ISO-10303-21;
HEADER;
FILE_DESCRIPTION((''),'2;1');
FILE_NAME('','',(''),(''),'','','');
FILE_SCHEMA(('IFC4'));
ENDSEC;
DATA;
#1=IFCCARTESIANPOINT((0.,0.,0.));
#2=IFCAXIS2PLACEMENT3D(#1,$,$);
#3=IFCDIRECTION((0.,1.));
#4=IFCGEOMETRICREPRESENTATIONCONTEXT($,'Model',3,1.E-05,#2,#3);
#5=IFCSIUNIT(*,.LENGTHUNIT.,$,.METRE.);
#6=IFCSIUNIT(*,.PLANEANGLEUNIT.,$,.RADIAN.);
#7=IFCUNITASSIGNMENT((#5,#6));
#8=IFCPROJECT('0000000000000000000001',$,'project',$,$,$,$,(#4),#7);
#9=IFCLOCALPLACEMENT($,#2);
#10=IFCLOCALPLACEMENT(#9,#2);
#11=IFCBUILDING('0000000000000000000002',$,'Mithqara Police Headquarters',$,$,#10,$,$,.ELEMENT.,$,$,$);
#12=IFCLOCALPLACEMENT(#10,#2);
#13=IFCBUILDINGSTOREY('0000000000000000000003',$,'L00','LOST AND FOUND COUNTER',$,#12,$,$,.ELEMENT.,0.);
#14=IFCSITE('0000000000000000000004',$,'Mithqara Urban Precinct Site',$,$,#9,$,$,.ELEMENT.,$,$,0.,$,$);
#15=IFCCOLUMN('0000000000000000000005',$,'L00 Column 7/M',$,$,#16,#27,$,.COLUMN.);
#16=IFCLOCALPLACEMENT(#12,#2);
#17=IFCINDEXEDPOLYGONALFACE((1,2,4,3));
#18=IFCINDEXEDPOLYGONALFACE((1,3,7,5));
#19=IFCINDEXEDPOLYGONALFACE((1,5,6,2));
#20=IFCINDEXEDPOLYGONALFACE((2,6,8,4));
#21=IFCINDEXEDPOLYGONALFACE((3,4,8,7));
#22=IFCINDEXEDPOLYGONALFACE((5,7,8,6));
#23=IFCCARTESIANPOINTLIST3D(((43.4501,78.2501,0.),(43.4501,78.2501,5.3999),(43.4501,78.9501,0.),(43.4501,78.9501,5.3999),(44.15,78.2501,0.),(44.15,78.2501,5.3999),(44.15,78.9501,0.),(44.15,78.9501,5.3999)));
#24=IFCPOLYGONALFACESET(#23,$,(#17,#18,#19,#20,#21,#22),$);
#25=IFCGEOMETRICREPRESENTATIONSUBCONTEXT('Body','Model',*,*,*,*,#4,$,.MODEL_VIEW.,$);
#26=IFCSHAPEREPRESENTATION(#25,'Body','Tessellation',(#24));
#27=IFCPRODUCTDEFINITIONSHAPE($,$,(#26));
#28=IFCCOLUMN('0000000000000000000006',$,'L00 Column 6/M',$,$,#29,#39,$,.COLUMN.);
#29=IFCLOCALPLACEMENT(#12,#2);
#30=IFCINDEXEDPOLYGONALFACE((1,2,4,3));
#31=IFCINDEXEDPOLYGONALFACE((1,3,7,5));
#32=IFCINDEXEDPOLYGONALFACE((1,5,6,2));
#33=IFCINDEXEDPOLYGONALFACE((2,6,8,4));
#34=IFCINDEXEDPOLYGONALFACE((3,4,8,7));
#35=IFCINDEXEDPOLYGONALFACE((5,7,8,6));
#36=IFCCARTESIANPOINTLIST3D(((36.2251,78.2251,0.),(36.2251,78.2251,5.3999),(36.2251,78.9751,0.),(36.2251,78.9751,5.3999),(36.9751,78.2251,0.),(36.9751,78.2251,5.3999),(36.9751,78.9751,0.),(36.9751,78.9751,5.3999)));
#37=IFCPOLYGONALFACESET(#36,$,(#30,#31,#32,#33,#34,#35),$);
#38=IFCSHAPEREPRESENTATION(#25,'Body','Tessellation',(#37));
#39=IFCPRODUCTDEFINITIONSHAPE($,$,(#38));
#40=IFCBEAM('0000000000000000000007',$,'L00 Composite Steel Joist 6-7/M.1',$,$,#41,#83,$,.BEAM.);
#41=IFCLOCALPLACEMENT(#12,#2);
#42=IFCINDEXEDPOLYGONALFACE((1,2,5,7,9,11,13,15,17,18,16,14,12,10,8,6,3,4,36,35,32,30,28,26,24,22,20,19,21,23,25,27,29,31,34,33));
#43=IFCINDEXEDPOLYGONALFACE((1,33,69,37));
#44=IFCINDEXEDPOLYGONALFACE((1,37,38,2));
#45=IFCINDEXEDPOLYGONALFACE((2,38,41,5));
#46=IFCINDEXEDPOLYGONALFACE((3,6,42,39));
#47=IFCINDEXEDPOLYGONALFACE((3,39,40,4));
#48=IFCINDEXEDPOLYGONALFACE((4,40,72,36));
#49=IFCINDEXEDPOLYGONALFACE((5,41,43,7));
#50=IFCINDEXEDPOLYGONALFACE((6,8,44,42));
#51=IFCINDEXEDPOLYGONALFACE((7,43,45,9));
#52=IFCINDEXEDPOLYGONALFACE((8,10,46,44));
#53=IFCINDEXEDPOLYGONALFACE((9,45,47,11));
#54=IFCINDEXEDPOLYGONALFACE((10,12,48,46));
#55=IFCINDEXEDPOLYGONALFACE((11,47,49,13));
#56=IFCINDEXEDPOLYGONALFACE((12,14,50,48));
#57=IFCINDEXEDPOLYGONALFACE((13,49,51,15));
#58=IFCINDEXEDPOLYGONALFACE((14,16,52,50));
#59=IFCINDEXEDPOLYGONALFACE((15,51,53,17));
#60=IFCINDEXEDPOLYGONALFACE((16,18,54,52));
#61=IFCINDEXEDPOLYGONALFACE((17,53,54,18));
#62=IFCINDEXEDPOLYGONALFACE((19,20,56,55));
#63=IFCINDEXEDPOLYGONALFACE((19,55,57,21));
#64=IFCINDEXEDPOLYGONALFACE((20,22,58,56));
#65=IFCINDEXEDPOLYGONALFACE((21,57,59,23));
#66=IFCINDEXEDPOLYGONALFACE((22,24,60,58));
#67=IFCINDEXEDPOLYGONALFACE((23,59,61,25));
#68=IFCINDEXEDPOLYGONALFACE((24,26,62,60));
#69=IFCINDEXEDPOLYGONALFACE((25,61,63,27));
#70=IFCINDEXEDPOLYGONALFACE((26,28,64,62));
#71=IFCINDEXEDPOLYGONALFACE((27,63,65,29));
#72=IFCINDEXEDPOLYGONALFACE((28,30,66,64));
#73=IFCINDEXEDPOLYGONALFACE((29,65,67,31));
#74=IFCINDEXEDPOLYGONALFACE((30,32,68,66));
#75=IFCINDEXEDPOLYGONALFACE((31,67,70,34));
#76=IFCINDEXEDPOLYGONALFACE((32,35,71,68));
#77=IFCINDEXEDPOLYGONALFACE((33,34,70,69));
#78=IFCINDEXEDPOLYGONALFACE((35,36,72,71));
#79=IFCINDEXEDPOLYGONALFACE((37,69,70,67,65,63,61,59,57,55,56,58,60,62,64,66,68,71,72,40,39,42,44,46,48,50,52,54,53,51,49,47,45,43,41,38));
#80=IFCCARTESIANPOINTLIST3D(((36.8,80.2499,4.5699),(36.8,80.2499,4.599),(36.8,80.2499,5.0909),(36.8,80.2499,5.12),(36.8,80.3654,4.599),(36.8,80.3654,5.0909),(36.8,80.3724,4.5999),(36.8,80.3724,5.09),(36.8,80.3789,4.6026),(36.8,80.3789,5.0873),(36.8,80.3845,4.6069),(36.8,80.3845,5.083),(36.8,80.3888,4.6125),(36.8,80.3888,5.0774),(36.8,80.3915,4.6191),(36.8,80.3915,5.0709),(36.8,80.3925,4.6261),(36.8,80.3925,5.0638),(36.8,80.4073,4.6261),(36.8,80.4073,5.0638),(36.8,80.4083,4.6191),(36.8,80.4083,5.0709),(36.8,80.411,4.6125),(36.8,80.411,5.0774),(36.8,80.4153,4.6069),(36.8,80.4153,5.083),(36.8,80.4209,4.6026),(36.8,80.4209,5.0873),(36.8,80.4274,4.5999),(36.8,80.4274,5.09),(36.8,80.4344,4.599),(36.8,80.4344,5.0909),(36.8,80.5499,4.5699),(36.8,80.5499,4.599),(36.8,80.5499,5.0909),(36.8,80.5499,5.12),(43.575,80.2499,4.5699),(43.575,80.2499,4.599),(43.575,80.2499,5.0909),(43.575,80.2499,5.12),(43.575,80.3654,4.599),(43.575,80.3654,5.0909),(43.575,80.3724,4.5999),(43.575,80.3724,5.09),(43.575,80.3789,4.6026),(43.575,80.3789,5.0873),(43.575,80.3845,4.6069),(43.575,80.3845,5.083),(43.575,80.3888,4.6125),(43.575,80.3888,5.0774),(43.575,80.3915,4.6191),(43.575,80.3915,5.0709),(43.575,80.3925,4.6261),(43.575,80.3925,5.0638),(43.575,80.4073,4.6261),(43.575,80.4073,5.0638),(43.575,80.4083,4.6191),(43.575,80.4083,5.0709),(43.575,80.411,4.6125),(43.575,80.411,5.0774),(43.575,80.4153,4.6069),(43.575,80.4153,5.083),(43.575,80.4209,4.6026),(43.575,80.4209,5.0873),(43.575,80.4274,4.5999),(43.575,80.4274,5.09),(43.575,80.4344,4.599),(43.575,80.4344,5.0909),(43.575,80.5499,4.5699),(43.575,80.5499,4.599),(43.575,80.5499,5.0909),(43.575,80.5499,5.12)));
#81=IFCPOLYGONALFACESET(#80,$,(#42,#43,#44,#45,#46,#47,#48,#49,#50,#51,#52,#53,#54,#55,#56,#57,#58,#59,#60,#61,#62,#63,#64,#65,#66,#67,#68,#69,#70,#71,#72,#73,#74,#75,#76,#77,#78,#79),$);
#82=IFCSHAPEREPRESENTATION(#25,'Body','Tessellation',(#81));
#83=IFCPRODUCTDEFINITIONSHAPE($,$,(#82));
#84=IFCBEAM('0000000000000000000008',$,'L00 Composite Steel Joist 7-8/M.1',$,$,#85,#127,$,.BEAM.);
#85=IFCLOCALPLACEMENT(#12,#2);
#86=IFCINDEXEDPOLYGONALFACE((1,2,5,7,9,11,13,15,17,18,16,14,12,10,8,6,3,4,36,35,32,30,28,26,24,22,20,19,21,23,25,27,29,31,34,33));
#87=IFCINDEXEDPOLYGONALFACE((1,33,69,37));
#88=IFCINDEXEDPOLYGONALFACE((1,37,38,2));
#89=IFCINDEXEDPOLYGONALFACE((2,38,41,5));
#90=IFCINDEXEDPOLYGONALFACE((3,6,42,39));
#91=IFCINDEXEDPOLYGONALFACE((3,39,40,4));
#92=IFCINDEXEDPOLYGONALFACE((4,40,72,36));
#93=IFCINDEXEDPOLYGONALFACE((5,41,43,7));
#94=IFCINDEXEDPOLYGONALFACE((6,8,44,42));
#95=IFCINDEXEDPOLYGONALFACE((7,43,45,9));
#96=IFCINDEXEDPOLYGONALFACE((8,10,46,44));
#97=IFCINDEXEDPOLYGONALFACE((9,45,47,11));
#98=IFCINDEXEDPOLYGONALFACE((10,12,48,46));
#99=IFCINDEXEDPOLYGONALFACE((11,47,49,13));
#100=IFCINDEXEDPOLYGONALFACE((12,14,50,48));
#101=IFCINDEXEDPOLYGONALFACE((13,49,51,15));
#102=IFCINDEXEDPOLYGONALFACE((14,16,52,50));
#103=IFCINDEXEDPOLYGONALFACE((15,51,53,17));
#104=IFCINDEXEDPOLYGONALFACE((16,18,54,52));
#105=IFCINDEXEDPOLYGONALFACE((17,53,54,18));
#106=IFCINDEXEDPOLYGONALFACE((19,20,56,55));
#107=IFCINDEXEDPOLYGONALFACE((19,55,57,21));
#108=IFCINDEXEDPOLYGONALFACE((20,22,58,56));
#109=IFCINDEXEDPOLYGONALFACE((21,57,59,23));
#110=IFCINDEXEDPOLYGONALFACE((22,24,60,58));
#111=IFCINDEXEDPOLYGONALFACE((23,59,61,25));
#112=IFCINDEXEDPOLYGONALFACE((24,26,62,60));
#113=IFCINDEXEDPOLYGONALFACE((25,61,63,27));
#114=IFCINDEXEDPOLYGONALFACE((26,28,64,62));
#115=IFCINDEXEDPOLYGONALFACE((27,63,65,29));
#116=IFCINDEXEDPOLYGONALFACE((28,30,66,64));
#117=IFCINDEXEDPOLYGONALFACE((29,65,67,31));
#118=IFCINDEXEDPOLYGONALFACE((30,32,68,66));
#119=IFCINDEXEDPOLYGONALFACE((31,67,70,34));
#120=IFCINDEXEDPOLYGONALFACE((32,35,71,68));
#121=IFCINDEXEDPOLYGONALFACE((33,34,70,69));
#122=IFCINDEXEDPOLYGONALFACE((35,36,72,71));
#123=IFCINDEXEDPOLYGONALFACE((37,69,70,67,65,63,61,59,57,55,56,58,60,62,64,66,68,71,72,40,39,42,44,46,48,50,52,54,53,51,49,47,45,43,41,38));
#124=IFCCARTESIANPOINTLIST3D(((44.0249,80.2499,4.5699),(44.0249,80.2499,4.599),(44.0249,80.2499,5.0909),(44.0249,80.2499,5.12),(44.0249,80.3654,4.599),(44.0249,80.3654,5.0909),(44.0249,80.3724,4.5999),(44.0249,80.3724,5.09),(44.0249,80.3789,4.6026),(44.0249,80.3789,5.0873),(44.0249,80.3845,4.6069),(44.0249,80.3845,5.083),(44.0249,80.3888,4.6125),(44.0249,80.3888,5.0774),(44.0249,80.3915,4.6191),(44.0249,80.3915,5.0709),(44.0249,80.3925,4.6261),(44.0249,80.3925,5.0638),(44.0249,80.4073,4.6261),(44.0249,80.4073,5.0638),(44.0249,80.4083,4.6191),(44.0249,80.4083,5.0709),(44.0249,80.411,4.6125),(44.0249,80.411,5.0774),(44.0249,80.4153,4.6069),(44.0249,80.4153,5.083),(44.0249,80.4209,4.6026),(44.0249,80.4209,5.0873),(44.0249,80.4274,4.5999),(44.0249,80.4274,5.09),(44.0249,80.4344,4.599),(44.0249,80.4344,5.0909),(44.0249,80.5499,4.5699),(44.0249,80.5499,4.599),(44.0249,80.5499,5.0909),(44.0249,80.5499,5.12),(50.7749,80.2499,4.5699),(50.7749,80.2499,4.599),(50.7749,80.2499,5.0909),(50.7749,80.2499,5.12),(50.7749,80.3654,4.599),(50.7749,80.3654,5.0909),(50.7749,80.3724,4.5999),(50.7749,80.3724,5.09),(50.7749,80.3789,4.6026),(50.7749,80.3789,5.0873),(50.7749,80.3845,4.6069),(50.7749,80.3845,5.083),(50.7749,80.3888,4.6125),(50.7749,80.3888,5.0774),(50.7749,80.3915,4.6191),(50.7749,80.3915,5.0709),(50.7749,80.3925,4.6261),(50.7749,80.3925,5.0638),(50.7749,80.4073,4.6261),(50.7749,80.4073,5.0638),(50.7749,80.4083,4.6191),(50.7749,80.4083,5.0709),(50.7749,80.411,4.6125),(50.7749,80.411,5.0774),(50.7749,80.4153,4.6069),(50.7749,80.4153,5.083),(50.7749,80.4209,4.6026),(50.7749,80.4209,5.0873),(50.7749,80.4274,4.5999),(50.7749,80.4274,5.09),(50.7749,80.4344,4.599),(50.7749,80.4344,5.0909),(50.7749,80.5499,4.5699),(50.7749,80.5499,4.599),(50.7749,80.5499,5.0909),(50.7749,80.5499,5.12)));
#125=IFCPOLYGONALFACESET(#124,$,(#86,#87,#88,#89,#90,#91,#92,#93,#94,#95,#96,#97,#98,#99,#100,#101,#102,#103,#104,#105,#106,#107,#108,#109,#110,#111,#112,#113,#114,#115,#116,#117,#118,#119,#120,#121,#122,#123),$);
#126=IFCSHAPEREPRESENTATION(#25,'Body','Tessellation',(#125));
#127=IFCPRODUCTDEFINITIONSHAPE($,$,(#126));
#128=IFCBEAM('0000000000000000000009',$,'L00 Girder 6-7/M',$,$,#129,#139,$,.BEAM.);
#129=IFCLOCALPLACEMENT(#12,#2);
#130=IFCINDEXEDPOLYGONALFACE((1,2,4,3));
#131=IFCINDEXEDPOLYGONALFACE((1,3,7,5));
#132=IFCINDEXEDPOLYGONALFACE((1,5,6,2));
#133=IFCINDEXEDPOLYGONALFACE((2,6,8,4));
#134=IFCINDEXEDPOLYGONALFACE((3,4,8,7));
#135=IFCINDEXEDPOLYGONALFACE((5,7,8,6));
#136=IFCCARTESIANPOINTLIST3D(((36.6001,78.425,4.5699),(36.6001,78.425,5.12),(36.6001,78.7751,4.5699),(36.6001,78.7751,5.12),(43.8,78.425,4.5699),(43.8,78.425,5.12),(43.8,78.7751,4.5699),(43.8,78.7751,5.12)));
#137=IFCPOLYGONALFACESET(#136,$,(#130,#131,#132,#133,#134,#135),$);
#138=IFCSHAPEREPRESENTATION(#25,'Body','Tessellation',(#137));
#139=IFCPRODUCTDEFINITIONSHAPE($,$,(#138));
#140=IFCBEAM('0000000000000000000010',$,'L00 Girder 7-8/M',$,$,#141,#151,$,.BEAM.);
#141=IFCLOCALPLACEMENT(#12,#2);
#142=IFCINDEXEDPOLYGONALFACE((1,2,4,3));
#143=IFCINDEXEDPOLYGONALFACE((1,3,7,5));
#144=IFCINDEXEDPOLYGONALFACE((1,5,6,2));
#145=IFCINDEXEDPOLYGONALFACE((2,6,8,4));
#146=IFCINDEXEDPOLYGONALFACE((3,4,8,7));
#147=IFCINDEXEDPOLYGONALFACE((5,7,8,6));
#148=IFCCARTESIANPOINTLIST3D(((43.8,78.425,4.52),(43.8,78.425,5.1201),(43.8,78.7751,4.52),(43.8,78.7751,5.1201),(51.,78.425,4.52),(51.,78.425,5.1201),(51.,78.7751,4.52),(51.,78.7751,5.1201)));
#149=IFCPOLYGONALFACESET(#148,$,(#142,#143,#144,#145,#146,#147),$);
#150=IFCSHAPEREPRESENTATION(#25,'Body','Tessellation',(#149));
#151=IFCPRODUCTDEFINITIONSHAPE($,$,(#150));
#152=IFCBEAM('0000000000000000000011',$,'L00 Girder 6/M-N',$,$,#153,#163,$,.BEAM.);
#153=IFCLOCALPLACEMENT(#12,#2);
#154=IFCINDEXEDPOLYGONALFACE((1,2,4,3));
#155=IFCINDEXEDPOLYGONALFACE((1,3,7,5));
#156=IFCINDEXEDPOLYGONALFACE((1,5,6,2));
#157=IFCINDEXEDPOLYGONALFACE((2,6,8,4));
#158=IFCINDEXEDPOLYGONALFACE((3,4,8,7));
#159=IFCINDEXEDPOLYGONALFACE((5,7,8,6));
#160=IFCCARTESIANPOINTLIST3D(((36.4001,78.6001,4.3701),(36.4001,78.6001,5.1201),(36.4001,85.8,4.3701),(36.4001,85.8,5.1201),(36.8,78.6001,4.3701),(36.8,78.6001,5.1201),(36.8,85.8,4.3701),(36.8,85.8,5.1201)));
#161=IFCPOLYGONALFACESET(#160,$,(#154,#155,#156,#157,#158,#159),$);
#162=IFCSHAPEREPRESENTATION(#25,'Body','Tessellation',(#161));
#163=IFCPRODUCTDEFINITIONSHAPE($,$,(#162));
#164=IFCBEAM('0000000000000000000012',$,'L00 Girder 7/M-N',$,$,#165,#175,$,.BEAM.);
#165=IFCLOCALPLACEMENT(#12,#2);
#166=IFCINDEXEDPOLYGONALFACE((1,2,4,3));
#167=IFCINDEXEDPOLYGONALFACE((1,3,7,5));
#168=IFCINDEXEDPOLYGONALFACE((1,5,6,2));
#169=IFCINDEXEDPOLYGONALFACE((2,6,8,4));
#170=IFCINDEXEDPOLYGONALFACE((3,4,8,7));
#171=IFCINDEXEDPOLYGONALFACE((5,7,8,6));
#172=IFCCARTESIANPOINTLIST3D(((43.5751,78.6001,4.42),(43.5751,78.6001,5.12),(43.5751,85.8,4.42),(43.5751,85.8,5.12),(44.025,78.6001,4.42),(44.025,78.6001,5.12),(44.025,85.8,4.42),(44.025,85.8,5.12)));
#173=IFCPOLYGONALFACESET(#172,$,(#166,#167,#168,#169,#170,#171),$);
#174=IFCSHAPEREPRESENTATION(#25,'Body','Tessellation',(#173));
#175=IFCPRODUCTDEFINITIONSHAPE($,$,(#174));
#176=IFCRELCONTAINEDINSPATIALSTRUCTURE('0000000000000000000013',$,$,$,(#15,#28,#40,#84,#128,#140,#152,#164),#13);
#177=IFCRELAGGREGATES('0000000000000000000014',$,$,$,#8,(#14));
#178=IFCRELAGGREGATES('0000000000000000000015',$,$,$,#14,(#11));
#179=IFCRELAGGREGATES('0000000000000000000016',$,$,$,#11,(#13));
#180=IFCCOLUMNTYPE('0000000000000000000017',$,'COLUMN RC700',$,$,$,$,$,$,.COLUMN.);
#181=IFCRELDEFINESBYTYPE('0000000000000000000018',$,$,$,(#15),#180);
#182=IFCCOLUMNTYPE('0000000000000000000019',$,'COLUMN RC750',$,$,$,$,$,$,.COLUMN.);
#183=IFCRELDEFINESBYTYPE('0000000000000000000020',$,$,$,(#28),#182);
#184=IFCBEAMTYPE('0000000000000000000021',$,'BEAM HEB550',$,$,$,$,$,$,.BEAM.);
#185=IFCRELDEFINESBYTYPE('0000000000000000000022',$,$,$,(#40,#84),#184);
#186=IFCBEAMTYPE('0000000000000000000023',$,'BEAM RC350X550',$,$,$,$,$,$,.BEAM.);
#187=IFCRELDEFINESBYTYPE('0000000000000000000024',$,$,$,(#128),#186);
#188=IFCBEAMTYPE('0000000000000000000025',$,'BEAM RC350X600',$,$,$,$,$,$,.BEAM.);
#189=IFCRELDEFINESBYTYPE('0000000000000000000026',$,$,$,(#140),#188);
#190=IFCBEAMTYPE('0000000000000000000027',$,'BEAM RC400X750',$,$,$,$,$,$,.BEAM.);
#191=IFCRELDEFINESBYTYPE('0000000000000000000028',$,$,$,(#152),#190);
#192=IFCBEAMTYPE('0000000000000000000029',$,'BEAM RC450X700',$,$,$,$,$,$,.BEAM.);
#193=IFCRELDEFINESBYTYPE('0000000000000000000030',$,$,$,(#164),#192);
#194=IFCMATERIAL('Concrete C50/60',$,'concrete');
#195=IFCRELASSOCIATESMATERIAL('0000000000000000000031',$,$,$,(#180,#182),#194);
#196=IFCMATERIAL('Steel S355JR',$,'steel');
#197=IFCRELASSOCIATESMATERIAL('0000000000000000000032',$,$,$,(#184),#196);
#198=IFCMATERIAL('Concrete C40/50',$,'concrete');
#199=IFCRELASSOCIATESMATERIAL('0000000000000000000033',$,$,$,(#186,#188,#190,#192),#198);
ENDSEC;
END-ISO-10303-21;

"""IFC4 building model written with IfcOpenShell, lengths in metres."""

from ifc_helpers import new_model, si_unit, direction, frame, origin, origin_2d, place, context, subcontext, project, spatial, rectangle, i_section, extrude, material, material_profile, profile_set, type_object, element, save


model = new_model("IFC4")

# Units and contexts
model_context = context("Model", 3, precision=1e-05, world=origin(), true_north=direction((0.0, 1.0)))
body_context = subcontext(model_context, "Body", "Model", "MODEL_VIEW")
ifc_project = project(units=[si_unit("LENGTHUNIT", "METRE"), si_unit("PLANEANGLEUNIT", "RADIAN")], contexts=[model_context])

# Site, building, storey
site_placement = place(None, origin())
site = spatial("IfcSite", under=ifc_project, at=site_placement, Name="Mithqara Urban Precinct Site", CompositionType="ELEMENT", RefElevation=0.0)
building_placement = place(site_placement, origin())
building = spatial("IfcBuilding", under=site, at=building_placement, Name="Mithqara Police Headquarters", CompositionType="ELEMENT")
storey_placement = place(building_placement, origin())
storey = spatial("IfcBuildingStorey", under=building, at=storey_placement, Name="L00", Description="LOST AND FOUND COUNTER", CompositionType="ELEMENT", Elevation=0.0)

# Columns
ifc_material_1 = material(Name="Concrete C50/60", Category="concrete")
ifc_material_profile_1 = material_profile(ifc_material_1, rectangle(XDim=0.7, YDim=0.7, at=origin_2d()), Name="RC 700x700")
ifc_profile_set_1 = profile_set([ifc_material_profile_1], Name="Concrete C50/60")
column_type_1 = type_object("IfcColumnType", Name="COLUMN RC700", PredefinedType="COLUMN", material=ifc_profile_set_1)
column_1_placement = place(storey_placement, frame((43.8, 78.6001, 0.0), z_axis=(0.0, 0.0, 1.0), x_axis=(1.0, 0.0, 0.0)))
element("IfcColumn", 1, at=column_1_placement, inside=storey, type_object=column_type_1, Name="L00 Column 7/M", PredefinedType="COLUMN", context=body_context, shape_type="SweptSolid", body=[
    extrude(rectangle(XDim=0.7, YDim=0.7, at=origin_2d()), origin(), (0.0, 0.0, 1.0), 5.3999),
])
ifc_material_profile_2 = material_profile(ifc_material_1, rectangle(XDim=0.75, YDim=0.75, at=origin_2d()), Name="RC 750x750")
ifc_profile_set_2 = profile_set([ifc_material_profile_2], Name="Concrete C50/60")
column_type_2 = type_object("IfcColumnType", Name="COLUMN RC750", PredefinedType="COLUMN", material=ifc_profile_set_2)
column_2_placement = place(storey_placement, frame((36.6001, 78.6001, 0.0), z_axis=(0.0, 0.0, 1.0), x_axis=(1.0, 0.0, 0.0)))
element("IfcColumn", 2, at=column_2_placement, inside=storey, type_object=column_type_2, Name="L00 Column 6/M", PredefinedType="COLUMN", context=body_context, shape_type="SweptSolid", body=[
    extrude(rectangle(XDim=0.75, YDim=0.75, at=origin_2d()), origin(), (0.0, 0.0, 1.0), 5.3999),
])

# Beams
ifc_material_2 = material(Name="Steel S355JR", Category="steel")
ifc_material_profile_3 = material_profile(ifc_material_2, i_section(OverallWidth=0.3, OverallDepth=0.55, WebThickness=0.0149, FlangeThickness=0.0291, FilletRadius=0.0271, at=origin_2d()), Name="HEB 550")
ifc_profile_set_3 = profile_set([ifc_material_profile_3], Name="Steel S355JR")
beam_type_1 = type_object("IfcBeamType", Name="BEAM HEB550", PredefinedType="BEAM", material=ifc_profile_set_3)
beam_1_placement = place(storey_placement, frame((36.8, 80.3999, 4.845), z_axis=(1.0, 0.0, 0.0), x_axis=(0.0, 1.0, 0.0)))
element("IfcBeam", 3, at=beam_1_placement, inside=storey, type_object=beam_type_1, Name="L00 Composite Steel Joist 6-7/M.1", PredefinedType="BEAM", context=body_context, shape_type="SweptSolid", body=[
    extrude(i_section(OverallWidth=0.3, OverallDepth=0.55, WebThickness=0.0149, FlangeThickness=0.0291, FilletRadius=0.0271, at=origin_2d()), origin(), (0.0, 0.0, 1.0), 6.7749),
])
beam_2_placement = place(storey_placement, frame((44.0249, 80.3999, 4.845), z_axis=(1.0, 0.0, 0.0), x_axis=(0.0, 1.0, 0.0)))
element("IfcBeam", 4, at=beam_2_placement, inside=storey, type_object=beam_type_1, Name="L00 Composite Steel Joist 7-8/M.1", PredefinedType="BEAM", context=body_context, shape_type="SweptSolid", body=[
    extrude(i_section(OverallWidth=0.3, OverallDepth=0.55, WebThickness=0.0149, FlangeThickness=0.0291, FilletRadius=0.0271, at=origin_2d()), origin(), (0.0, 0.0, 1.0), 6.75),
])
ifc_material_3 = material(Name="Concrete C40/50", Category="concrete")
ifc_material_profile_4 = material_profile(ifc_material_3, rectangle(XDim=0.3501, YDim=0.55, at=origin_2d()), Name="RC 350x550")
ifc_profile_set_4 = profile_set([ifc_material_profile_4], Name="Concrete C40/50")
beam_type_2 = type_object("IfcBeamType", Name="BEAM RC350X550", PredefinedType="BEAM", material=ifc_profile_set_4)
beam_3_placement = place(storey_placement, frame((36.6001, 78.6001, 4.845), z_axis=(1.0, 0.0, 0.0), x_axis=(0.0, 1.0, 0.0)))
element("IfcBeam", 5, at=beam_3_placement, inside=storey, type_object=beam_type_2, Name="L00 Girder 6-7/M", PredefinedType="BEAM", context=body_context, shape_type="SweptSolid", body=[
    extrude(rectangle(XDim=0.3501, YDim=0.55, at=origin_2d()), origin(), (0.0, 0.0, 1.0), 7.2),
])
ifc_material_profile_5 = material_profile(ifc_material_3, rectangle(XDim=0.3501, YDim=0.6001, at=origin_2d()), Name="RC 350x600")
ifc_profile_set_5 = profile_set([ifc_material_profile_5], Name="Concrete C40/50")
beam_type_3 = type_object("IfcBeamType", Name="BEAM RC350X600", PredefinedType="BEAM", material=ifc_profile_set_5)
beam_4_placement = place(storey_placement, frame((43.8, 78.6001, 4.8201), z_axis=(1.0, 0.0, 0.0), x_axis=(0.0, 1.0, 0.0)))
element("IfcBeam", 6, at=beam_4_placement, inside=storey, type_object=beam_type_3, Name="L00 Girder 7-8/M", PredefinedType="BEAM", context=body_context, shape_type="SweptSolid", body=[
    extrude(rectangle(XDim=0.3501, YDim=0.6001, at=origin_2d()), origin(), (0.0, 0.0, 1.0), 7.2),
])
ifc_material_profile_6 = material_profile(ifc_material_3, rectangle(XDim=0.3999, YDim=0.75, at=origin_2d()), Name="RC 400x750")
ifc_profile_set_6 = profile_set([ifc_material_profile_6], Name="Concrete C40/50")
beam_type_4 = type_object("IfcBeamType", Name="BEAM RC400X750", PredefinedType="BEAM", material=ifc_profile_set_6)
beam_5_placement = place(storey_placement, frame((36.6001, 78.6001, 4.7451), z_axis=(0.0, 1.0, 0.0), x_axis=(-1.0, 0.0, 0.0)))
element("IfcBeam", 7, at=beam_5_placement, inside=storey, type_object=beam_type_4, Name="L00 Girder 6/M-N", PredefinedType="BEAM", context=body_context, shape_type="SweptSolid", body=[
    extrude(rectangle(XDim=0.3999, YDim=0.75, at=origin_2d()), origin(), (0.0, 0.0, 1.0), 7.2),
])
ifc_material_profile_7 = material_profile(ifc_material_3, rectangle(XDim=0.45, YDim=0.7, at=origin_2d()), Name="RC 450x700")
ifc_profile_set_7 = profile_set([ifc_material_profile_7], Name="Concrete C40/50")
beam_type_5 = type_object("IfcBeamType", Name="BEAM RC450X700", PredefinedType="BEAM", material=ifc_profile_set_7)
beam_6_placement = place(storey_placement, frame((43.8, 78.6001, 4.77), z_axis=(0.0, 1.0, 0.0), x_axis=(-1.0, 0.0, 0.0)))
element("IfcBeam", 8, at=beam_6_placement, inside=storey, type_object=beam_type_5, Name="L00 Girder 7/M-N", PredefinedType="BEAM", context=body_context, shape_type="SweptSolid", body=[
    extrude(rectangle(XDim=0.45, YDim=0.7, at=origin_2d()), origin(), (0.0, 0.0, 1.0), 7.2),
])

save(model, "model.ifc")
